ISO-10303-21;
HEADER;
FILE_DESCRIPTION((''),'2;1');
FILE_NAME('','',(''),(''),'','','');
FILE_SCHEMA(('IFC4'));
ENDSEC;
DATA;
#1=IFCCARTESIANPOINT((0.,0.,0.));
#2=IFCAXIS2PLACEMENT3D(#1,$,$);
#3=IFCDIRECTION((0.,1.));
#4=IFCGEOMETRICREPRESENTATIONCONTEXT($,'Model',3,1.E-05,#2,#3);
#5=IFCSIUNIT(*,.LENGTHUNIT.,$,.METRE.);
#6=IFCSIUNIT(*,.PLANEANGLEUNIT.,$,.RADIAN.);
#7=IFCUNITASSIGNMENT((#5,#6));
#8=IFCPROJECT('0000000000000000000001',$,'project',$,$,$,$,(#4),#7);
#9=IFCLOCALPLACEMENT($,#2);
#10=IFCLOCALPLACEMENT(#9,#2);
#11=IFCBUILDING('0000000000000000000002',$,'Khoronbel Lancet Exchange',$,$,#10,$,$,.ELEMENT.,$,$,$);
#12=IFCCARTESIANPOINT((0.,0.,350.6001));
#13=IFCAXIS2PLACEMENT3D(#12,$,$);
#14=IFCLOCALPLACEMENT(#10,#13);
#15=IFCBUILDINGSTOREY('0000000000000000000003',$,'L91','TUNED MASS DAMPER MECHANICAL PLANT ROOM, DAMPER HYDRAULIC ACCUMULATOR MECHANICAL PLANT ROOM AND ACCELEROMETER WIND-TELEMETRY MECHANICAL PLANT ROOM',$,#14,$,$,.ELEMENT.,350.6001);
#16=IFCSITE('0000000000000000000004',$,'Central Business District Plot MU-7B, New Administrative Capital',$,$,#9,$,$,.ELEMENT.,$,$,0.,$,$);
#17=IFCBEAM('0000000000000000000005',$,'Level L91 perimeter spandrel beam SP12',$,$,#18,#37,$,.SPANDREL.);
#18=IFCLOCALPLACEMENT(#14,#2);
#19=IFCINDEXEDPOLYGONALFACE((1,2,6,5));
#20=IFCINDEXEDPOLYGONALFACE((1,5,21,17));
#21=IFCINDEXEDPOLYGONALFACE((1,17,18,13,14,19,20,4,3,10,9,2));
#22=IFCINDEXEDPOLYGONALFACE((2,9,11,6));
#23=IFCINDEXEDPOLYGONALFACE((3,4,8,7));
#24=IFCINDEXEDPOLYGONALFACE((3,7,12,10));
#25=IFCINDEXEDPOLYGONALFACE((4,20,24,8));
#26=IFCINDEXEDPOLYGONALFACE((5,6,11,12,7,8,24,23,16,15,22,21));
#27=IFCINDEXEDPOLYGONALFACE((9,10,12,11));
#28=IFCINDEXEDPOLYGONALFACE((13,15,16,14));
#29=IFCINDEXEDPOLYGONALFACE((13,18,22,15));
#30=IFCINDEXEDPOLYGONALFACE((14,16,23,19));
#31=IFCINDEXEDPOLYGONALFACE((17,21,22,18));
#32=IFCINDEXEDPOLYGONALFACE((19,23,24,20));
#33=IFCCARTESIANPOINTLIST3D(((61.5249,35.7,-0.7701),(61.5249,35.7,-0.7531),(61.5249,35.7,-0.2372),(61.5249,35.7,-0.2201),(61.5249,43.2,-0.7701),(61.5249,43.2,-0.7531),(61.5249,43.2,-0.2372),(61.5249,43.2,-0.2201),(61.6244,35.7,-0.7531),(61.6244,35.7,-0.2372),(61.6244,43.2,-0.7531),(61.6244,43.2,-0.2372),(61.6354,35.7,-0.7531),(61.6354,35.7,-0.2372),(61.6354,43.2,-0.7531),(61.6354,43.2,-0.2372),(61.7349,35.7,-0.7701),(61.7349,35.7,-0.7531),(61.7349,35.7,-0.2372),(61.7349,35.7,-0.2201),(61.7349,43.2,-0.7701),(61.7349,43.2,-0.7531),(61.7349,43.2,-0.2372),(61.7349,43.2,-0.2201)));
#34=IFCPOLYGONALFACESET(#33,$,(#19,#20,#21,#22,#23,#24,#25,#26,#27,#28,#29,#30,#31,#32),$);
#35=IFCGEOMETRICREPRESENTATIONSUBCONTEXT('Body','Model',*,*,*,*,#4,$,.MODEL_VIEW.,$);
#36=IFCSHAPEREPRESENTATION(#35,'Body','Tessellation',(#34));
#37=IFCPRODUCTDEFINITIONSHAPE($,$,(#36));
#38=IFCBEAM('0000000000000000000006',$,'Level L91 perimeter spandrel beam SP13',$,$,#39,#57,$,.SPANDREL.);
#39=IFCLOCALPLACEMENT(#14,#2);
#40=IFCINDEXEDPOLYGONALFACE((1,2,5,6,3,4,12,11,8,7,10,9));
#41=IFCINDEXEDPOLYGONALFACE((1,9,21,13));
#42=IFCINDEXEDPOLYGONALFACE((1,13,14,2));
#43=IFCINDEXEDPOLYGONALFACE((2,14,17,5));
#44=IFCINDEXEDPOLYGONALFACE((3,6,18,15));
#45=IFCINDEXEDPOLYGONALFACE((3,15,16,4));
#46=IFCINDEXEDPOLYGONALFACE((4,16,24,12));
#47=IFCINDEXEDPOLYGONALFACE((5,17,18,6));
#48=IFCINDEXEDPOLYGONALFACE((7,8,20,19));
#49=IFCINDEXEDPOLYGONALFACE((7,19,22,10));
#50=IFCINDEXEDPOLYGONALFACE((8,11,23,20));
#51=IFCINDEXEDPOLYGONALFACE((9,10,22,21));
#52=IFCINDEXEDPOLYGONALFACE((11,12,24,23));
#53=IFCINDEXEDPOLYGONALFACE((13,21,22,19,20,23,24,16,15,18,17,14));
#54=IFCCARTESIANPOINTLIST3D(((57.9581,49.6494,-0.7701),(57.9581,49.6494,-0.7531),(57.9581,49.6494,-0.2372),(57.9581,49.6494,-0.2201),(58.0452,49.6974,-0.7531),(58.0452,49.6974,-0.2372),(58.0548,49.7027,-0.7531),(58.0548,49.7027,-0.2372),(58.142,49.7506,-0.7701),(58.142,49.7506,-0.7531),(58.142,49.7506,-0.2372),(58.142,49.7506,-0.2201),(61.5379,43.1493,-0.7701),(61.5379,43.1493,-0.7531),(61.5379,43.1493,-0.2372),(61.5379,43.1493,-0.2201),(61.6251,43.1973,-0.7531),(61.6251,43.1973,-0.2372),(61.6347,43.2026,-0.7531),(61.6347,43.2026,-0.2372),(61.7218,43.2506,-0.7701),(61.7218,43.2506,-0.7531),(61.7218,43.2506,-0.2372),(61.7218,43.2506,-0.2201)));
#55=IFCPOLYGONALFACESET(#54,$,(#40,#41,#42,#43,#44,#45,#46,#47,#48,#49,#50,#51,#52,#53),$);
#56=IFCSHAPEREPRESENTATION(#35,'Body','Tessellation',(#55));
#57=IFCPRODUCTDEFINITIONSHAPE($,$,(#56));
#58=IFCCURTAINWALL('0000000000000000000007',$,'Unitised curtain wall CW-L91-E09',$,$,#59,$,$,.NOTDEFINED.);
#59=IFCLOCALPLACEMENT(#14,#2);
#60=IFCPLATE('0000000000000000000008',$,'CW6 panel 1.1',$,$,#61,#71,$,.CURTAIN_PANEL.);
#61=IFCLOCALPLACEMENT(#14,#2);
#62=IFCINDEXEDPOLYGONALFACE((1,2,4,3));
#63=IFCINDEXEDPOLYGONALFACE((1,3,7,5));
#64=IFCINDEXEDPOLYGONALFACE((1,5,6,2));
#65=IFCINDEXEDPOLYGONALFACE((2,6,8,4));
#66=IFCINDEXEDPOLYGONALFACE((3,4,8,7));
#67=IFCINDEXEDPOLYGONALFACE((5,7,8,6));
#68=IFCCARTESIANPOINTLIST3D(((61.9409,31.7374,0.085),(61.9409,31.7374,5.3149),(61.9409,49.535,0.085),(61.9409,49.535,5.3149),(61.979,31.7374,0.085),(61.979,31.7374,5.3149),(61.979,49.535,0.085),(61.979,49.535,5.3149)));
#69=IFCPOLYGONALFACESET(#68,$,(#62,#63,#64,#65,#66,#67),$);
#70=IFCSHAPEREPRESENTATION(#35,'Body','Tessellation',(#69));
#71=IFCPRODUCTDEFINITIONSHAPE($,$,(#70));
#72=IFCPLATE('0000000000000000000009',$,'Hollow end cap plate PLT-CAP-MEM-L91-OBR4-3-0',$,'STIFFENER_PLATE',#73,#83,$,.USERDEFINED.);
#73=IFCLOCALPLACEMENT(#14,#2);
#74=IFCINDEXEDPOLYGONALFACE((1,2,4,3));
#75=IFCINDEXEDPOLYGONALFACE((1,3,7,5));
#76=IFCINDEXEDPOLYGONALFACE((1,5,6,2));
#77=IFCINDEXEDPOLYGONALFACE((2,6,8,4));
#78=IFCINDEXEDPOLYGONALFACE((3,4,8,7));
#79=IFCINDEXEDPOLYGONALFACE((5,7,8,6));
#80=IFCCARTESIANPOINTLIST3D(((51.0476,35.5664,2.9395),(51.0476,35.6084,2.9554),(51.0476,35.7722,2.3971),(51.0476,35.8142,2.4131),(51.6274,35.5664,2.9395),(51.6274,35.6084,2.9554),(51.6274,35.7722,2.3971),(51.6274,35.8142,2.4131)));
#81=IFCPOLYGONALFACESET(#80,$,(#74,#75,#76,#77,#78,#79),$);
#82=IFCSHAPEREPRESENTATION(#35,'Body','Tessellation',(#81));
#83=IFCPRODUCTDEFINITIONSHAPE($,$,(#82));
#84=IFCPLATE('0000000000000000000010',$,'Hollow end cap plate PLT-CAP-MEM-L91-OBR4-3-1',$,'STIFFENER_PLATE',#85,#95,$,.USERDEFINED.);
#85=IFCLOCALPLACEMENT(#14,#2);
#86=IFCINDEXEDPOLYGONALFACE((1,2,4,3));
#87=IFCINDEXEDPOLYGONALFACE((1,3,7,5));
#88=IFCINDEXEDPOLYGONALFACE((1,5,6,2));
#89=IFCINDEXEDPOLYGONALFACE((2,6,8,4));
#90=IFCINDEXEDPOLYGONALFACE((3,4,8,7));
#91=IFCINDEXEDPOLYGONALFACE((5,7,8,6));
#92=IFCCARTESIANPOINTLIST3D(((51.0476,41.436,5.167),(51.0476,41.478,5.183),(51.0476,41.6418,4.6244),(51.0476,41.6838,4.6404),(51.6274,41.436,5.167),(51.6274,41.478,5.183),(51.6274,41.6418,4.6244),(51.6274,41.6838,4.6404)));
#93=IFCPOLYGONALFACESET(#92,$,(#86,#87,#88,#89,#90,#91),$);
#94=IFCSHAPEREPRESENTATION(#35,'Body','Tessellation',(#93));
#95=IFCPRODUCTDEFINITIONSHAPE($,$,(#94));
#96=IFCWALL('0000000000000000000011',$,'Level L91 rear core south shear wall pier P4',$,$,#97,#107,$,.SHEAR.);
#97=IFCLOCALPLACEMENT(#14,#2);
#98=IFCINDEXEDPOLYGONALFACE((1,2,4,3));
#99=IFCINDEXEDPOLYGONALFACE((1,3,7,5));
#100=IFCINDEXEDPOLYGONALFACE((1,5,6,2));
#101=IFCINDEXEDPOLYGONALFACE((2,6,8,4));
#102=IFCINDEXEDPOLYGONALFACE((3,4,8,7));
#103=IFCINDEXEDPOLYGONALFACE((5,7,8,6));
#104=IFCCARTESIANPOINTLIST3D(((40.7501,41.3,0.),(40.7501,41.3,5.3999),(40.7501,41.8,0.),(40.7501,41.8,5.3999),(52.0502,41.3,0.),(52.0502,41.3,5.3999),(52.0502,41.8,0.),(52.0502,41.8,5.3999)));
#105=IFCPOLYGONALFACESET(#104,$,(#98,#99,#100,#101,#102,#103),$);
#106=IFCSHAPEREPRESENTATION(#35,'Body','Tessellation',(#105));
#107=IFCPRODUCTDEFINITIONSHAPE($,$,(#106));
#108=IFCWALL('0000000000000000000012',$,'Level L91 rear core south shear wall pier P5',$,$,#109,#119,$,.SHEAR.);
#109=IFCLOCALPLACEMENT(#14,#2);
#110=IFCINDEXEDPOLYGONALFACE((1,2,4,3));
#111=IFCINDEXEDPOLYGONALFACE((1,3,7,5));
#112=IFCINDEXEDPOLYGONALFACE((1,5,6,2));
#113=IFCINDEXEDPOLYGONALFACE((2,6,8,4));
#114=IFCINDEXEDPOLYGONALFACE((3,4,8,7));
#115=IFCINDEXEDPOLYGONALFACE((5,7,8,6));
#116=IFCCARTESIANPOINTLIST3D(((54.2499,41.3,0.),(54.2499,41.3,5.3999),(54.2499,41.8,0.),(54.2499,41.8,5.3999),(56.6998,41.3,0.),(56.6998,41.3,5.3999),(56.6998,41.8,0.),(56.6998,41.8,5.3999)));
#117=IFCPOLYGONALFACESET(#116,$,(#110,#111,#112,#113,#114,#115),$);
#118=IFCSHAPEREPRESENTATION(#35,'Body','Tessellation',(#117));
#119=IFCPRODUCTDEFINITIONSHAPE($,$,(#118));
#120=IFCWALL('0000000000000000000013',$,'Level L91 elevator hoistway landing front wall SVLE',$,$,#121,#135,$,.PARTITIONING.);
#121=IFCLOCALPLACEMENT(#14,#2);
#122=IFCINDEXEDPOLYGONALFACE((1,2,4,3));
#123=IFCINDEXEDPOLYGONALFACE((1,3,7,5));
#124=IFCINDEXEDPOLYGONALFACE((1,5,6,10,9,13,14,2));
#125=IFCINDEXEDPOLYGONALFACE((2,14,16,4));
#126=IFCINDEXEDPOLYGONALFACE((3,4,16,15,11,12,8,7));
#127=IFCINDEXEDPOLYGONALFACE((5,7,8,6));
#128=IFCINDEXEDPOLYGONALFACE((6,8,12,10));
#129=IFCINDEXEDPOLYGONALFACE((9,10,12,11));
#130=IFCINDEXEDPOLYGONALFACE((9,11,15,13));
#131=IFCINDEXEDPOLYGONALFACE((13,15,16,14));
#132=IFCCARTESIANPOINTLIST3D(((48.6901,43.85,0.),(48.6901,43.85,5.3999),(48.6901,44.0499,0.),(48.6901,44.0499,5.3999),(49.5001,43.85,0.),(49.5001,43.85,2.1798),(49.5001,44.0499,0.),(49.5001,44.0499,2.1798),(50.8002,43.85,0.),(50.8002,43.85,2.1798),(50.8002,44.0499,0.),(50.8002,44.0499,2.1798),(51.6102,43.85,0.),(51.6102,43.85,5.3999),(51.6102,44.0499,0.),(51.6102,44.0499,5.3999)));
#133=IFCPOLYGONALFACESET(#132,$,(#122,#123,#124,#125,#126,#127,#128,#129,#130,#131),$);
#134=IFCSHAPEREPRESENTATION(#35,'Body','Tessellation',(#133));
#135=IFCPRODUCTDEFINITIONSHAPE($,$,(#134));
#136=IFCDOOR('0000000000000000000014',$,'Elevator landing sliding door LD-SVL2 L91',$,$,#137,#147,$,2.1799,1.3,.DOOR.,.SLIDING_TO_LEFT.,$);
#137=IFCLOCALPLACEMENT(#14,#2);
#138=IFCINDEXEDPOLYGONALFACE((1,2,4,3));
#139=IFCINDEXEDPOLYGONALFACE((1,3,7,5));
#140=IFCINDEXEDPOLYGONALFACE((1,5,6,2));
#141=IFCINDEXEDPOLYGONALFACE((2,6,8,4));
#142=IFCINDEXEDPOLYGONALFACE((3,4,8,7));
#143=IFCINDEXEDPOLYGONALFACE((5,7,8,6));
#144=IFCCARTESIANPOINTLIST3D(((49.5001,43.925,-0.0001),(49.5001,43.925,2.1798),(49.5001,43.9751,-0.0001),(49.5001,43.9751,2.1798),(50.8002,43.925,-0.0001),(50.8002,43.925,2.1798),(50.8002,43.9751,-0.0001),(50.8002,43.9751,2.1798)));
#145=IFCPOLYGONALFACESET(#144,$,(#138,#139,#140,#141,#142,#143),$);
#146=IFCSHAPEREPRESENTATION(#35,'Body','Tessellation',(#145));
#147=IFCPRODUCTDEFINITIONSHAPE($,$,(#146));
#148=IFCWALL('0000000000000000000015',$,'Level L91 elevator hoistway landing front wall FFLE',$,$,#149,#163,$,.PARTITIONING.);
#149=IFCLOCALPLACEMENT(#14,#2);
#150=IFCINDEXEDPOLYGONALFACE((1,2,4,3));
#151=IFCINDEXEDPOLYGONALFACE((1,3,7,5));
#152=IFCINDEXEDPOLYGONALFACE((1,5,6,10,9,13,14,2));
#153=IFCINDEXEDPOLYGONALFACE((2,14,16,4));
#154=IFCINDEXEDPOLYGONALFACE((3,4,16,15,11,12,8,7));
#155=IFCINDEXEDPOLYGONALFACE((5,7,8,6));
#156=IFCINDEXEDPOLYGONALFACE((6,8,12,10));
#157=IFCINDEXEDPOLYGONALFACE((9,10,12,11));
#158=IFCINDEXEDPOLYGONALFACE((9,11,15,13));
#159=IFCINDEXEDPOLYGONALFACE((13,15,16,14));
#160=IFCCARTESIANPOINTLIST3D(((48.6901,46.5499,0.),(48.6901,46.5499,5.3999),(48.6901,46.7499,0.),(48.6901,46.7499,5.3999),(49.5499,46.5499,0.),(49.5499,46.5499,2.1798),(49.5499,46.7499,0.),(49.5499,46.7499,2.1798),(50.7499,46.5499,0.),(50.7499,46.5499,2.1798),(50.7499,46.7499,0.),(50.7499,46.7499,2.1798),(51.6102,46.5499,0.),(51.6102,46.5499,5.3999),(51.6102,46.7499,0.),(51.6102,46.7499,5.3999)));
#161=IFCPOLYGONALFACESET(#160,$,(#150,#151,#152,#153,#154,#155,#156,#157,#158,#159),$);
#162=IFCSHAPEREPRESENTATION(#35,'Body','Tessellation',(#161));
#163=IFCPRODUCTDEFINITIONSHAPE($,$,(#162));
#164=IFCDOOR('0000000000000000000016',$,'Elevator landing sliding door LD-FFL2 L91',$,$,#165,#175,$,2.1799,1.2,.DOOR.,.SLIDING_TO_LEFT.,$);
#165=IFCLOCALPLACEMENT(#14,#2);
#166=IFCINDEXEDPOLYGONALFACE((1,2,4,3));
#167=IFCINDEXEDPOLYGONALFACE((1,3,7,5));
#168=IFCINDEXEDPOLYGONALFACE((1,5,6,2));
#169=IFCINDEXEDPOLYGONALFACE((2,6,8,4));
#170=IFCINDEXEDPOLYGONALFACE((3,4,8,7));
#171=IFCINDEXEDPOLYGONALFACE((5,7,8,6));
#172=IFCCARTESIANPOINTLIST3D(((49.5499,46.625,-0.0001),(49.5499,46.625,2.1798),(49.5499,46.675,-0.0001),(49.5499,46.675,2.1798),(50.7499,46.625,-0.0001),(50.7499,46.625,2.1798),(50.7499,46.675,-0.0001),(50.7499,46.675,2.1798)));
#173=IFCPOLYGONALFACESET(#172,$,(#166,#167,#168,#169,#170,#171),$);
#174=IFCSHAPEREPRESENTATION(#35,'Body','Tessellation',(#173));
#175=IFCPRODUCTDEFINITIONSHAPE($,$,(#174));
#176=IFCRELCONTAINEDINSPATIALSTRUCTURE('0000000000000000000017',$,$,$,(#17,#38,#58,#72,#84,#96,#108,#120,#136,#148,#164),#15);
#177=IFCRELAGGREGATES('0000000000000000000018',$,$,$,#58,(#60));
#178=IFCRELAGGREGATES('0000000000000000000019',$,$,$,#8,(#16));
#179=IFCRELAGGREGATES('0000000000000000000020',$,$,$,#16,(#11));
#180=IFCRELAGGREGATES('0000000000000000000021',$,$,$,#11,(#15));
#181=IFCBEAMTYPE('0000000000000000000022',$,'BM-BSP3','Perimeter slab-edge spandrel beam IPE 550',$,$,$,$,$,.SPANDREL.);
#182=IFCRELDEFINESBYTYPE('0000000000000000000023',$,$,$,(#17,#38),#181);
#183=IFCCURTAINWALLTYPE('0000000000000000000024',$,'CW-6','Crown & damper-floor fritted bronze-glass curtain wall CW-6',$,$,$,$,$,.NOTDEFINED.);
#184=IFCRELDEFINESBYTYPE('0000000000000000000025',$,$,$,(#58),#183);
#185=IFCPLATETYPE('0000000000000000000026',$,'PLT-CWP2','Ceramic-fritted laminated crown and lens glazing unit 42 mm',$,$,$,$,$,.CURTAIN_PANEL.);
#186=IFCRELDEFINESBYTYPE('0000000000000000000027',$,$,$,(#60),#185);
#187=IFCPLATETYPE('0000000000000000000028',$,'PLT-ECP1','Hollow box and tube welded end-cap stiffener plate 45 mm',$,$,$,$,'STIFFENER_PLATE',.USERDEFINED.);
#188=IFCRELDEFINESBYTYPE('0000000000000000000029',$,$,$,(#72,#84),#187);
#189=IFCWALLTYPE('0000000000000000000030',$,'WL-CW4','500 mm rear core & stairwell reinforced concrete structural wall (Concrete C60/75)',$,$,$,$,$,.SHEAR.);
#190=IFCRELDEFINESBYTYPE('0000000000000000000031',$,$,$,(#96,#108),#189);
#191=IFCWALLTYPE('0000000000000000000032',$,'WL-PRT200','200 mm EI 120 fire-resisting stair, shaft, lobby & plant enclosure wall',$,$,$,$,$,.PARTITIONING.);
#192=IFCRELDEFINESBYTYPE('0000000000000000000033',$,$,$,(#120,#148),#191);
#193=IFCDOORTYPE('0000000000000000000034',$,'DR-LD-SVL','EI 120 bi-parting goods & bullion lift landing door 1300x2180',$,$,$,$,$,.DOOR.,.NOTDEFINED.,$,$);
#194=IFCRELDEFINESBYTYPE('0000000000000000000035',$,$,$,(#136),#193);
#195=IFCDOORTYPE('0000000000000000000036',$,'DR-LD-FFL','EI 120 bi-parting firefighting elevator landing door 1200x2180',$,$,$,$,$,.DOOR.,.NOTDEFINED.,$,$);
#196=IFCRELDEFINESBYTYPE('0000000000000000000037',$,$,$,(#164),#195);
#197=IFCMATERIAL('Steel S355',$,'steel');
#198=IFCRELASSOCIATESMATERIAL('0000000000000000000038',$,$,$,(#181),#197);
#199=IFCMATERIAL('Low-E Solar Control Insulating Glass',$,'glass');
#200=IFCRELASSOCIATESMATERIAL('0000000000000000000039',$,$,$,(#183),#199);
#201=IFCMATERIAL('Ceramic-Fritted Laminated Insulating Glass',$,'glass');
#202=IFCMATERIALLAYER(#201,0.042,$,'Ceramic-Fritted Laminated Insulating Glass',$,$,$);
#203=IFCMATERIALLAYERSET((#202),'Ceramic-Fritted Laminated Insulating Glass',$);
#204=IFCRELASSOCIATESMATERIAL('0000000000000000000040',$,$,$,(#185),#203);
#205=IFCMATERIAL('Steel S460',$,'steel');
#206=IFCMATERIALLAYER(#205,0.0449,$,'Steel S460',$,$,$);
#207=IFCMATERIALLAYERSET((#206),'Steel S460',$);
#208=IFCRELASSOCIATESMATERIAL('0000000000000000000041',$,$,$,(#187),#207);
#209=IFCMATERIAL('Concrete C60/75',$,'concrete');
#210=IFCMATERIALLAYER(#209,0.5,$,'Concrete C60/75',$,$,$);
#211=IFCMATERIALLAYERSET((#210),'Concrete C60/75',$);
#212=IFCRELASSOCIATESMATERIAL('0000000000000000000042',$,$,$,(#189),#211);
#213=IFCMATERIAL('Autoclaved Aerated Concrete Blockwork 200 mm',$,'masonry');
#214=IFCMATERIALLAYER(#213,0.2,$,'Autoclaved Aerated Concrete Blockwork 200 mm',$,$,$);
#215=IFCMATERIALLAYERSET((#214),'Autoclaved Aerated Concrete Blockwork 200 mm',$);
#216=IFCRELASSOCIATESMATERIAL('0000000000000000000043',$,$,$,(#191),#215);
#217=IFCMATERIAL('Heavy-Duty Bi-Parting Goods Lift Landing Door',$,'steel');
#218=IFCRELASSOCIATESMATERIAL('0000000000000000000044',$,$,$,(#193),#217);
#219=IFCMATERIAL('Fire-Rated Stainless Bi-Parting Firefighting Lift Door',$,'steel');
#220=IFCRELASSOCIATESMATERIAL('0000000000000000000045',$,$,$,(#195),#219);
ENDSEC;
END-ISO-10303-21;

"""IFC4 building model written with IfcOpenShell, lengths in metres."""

from ifc_helpers import new_model, si_unit, direction, frame, frame_2d, origin, origin_2d, place, context, subcontext, project, spatial, polyline, rectangle, i_section, outline, extrude, material, layer, layer_set, material_profile, profile_set, type_object, element, fill, aggregate, save


model = new_model("IFC4")

# Units and contexts
model_context = context("Model", 3, precision=1e-05, world=origin(), true_north=direction((0.0, 1.0)))
body_context = subcontext(model_context, "Body", "Model", "MODEL_VIEW")
ifc_project = project(units=[si_unit("LENGTHUNIT", "METRE"), si_unit("PLANEANGLEUNIT", "RADIAN")], contexts=[model_context])

# Site, building, storey
site_placement = place(None, origin())
site = spatial("IfcSite", under=ifc_project, at=site_placement, Name="Central Business District Plot MU-7B, New Administrative Capital", CompositionType="ELEMENT", RefElevation=0.0)
building_placement = place(site_placement, origin())
building = spatial("IfcBuilding", under=site, at=building_placement, Name="Khoronbel Lancet Exchange", CompositionType="ELEMENT")
storey_placement = place(building_placement, frame((0.0, 0.0, 350.6001)))
storey = spatial("IfcBuildingStorey", under=building, at=storey_placement, Name="L91", Description="TUNED MASS DAMPER MECHANICAL PLANT ROOM, DAMPER HYDRAULIC ACCUMULATOR MECHANICAL PLANT ROOM AND ACCELEROMETER WIND-TELEMETRY MECHANICAL PLANT ROOM", CompositionType="ELEMENT", Elevation=350.6001)

# Shared definitions
ifc_material_1 = material(Name="Steel S355", Category="steel")

# Beams
ifc_material_2 = material(Name="Concrete C60/75", Category="concrete")
ifc_material_profile_1 = material_profile(ifc_material_1, i_section(OverallWidth=0.21, OverallDepth=0.55, WebThickness=0.011, FlangeThickness=0.0171, at=origin_2d()), Name="IPE 550")
ifc_profile_set_1 = profile_set([ifc_material_profile_1], Name="Steel S355")
beam_type_1 = type_object("IfcBeamType", Name="BM-BSP3", Description="Perimeter slab-edge spandrel beam IPE 550", PredefinedType="SPANDREL", material=ifc_profile_set_1)
beam_1_placement = place(storey_placement, frame((61.6299, 35.7, -0.4951), z_axis=(0.0, 1.0, 0.0), x_axis=(-1.0, 0.0, 0.0)))
element("IfcBeam", 1, at=beam_1_placement, inside=storey, type_object=beam_type_1, Name="Level L91 perimeter spandrel beam SP12", PredefinedType="SPANDREL", context=body_context, shape_type="SweptSolid", body=[
    extrude(i_section(OverallWidth=0.21, OverallDepth=0.55, WebThickness=0.011, FlangeThickness=0.0171, at=origin_2d()), origin(), (0.0, 0.0, 1.0), 7.5),
])
beam_2_placement = place(storey_placement, frame((61.6299, 43.2, -0.4951), z_axis=(-0.482419, 0.875941, 0.0), x_axis=(-0.875941, -0.482419, 0.0)))
element("IfcBeam", 2, at=beam_2_placement, inside=storey, type_object=beam_type_1, Name="Level L91 perimeter spandrel beam SP13", PredefinedType="SPANDREL", context=body_context, shape_type="SweptSolid", body=[
    extrude(i_section(OverallWidth=0.21, OverallDepth=0.55, WebThickness=0.011, FlangeThickness=0.0171, at=origin_2d()), origin(), (0.0, 0.0, 1.0), 7.4207),
])

# Curtain wall, plate
ifc_material_3 = material(Name="Low-E Solar Control Insulating Glass", Category="glass")
curtain_wall_type = type_object("IfcCurtainWallType", Name="CW-6", Description="Crown & damper-floor fritted bronze-glass curtain wall CW-6", PredefinedType="NOTDEFINED", material=ifc_material_3)
curtain_wall_placement = place(storey_placement, origin())
curtain_wall = element("IfcCurtainWall", 3, at=curtain_wall_placement, inside=storey, type_object=curtain_wall_type, Name="Unitised curtain wall CW-L91-E09", PredefinedType="NOTDEFINED")
ifc_material_4 = material(Name="Ceramic-Fritted Laminated Insulating Glass", Category="glass")
ifc_layer_1 = layer(ifc_material_4, 0.042, Name="Ceramic-Fritted Laminated Insulating Glass")
ifc_layer_set_1 = layer_set([ifc_layer_1], Name="Ceramic-Fritted Laminated Insulating Glass")
plate_type_1 = type_object("IfcPlateType", Name="PLT-CWP2", Description="Ceramic-fritted laminated crown and lens glazing unit 42 mm", PredefinedType="CURTAIN_PANEL", material=ifc_layer_set_1)
plate_1_placement = place(storey_placement, frame((61.96, 40.6362, 0.085), z_axis=(0.0, 0.0, 1.0), x_axis=(0.0, -1.0, 0.0)))
plate_1 = element("IfcPlate", 4, at=plate_1_placement, type_object=plate_type_1, Name="CW6 panel 1.1", PredefinedType="CURTAIN_PANEL", context=body_context, shape_type="SweptSolid", body=[
    extrude(rectangle(XDim=17.7976, YDim=0.0381, at=origin_2d()), origin(), (0.0, 0.0, 1.0), 5.23),
])
aggregate(curtain_wall, [plate_1])

# Plates
ifc_material_5 = material(Name="Steel S460", Category="steel")
ifc_layer_2 = layer(ifc_material_5, 0.0449, Name="Steel S460")
ifc_layer_set_2 = layer_set([ifc_layer_2], Name="Steel S460")
plate_type_2 = type_object("IfcPlateType", Name="PLT-ECP1", Description="Hollow box and tube welded end-cap stiffener plate 45 mm", ElementType="STIFFENER_PLATE", PredefinedType="USERDEFINED", material=ifc_layer_set_2)
plate_2_placement = place(storey_placement, frame((51.6274, 35.8142, 2.4131), z_axis=(0.0, 0.93492, 0.354857), x_axis=(-1.0, 0.0, 0.0)))
element("IfcPlate", 5, at=plate_2_placement, inside=storey, type_object=plate_type_2, Name="Hollow end cap plate PLT-CAP-MEM-L91-OBR4-3-0", ObjectType="STIFFENER_PLATE", PredefinedType="USERDEFINED", context=body_context, shape_type="SweptSolid", body=[
    extrude(outline(polyline([(0.0, 0.0), (0.5798, 0.0), (0.5798, 0.5801), (0.0, 0.5801), (0.0, 0.0)])), origin(), (0.0, 0.0, -1.0), 0.0449),
])
plate_3_placement = place(storey_placement, frame((51.6274, 41.6838, 4.6404), z_axis=(0.0, 0.934973, 0.354718), x_axis=(-1.0, 0.0, 0.0)))
element("IfcPlate", 6, at=plate_3_placement, inside=storey, type_object=plate_type_2, Name="Hollow end cap plate PLT-CAP-MEM-L91-OBR4-3-1", ObjectType="STIFFENER_PLATE", PredefinedType="USERDEFINED", context=body_context, shape_type="SweptSolid", body=[
    extrude(outline(polyline([(0.0, 0.0), (0.5798, 0.0), (0.5798, 0.5803), (0.0, 0.5803), (0.0, 0.0)])), origin(), (0.0, 0.0, -1.0), 0.0449),
])

# Walls
ifc_layer_3 = layer(ifc_material_2, 0.5, Name="Concrete C60/75")
ifc_layer_set_3 = layer_set([ifc_layer_3], Name="Concrete C60/75")
wall_type_1 = type_object("IfcWallType", Name="WL-CW4", Description="500 mm rear core & stairwell reinforced concrete structural wall (Concrete C60/75)", PredefinedType="SHEAR", material=ifc_layer_set_3)
wall_1_placement = place(storey_placement, frame((52.05, 41.55, 0.0), z_axis=(0.0, 0.0, 1.0), x_axis=(-1.0, 0.0, 0.0)))
element("IfcWall", 7, at=wall_1_placement, inside=storey, type_object=wall_type_1, Name="Level L91 rear core south shear wall pier P4", PredefinedType="SHEAR", context=body_context, shape_type="SweptSolid", body=[
    extrude(rectangle(XDim=11.3, YDim=0.5, at=frame_2d((5.6499, 0.0))), origin(), (0.0, 0.0, 1.0), 5.3999),
])
wall_2_placement = place(storey_placement, frame((56.7, 41.55, 0.0), z_axis=(0.0, 0.0, 1.0), x_axis=(-1.0, 0.0, 0.0)))
element("IfcWall", 8, at=wall_2_placement, inside=storey, type_object=wall_type_1, Name="Level L91 rear core south shear wall pier P5", PredefinedType="SHEAR", context=body_context, shape_type="SweptSolid", body=[
    extrude(rectangle(XDim=2.45, YDim=0.5, at=frame_2d((1.2251, 0.0))), origin(), (0.0, 0.0, 1.0), 5.3999),
])

# Walls, openings, doors
ifc_material_6 = material(Name="Autoclaved Aerated Concrete Blockwork 200 mm", Category="masonry")
ifc_layer_4 = layer(ifc_material_6, 0.2, Name="Autoclaved Aerated Concrete Blockwork 200 mm")
ifc_layer_set_4 = layer_set([ifc_layer_4], Name="Autoclaved Aerated Concrete Blockwork 200 mm")
wall_type_2 = type_object("IfcWallType", Name="WL-PRT200", Description="200 mm EI 120 fire-resisting stair, shaft, lobby & plant enclosure wall", PredefinedType="PARTITIONING", material=ifc_layer_set_4)
wall_3_placement = place(storey_placement, frame((51.6101, 43.95, 0.0), z_axis=(0.0, 0.0, 1.0), x_axis=(-1.0, 0.0, 0.0)))
wall_3 = element("IfcWall", 9, at=wall_3_placement, inside=storey, type_object=wall_type_2, Name="Level L91 elevator hoistway landing front wall SVLE", PredefinedType="PARTITIONING", context=body_context, shape_type="SweptSolid", body=[
    extrude(rectangle(XDim=2.9202, YDim=0.2, at=frame_2d((1.46, 0.0))), origin(), (0.0, 0.0, 1.0), 5.3999),
])
opening_1_placement = place(wall_3_placement, frame((0.8101, 0.0, 0.0)))
opening_1 = element("IfcOpeningElement", 10, at=opening_1_placement, cuts=wall_3, PredefinedType="OPENING", context=body_context, shape_type="SweptSolid", body=[
    extrude(rectangle(XDim=1.3, YDim=2.1799, at=frame_2d((0.6499, 1.0898))), frame((0.0, 0.1099, 0.0), z_axis=(0.0, -1.0, 0.0), x_axis=(1.0, 0.0, 0.0)), (0.0, 0.0, 1.0), 0.22),
])
ifc_material_7 = material(Name="Heavy-Duty Bi-Parting Goods Lift Landing Door", Category="steel")
door_type_1 = type_object("IfcDoorType", Name="DR-LD-SVL", Description="EI 120 bi-parting goods & bullion lift landing door 1300x2180", OperationType="NOTDEFINED", PredefinedType="DOOR", material=ifc_material_7)
door_1_placement = place(opening_1_placement, origin())
door_1 = element("IfcDoor", 11, at=door_1_placement, inside=storey, type_object=door_type_1, Name="Elevator landing sliding door LD-SVL2 L91", OperationType="SLIDING_TO_LEFT", OverallHeight=2.1799, OverallWidth=1.3, PredefinedType="DOOR", context=body_context, shape_type="SweptSolid", body=[
    extrude(rectangle(XDim=1.3, YDim=2.1799, at=frame_2d((0.6499, 1.0898))), frame((0.0, 0.0249, 0.0), z_axis=(0.0, -1.0, 0.0), x_axis=(1.0, 0.0, 0.0)), (0.0, 0.0, 1.0), 0.05),
])
fill(opening_1, door_1)
wall_4_placement = place(storey_placement, frame((51.6101, 46.6499, 0.0), z_axis=(0.0, 0.0, 1.0), x_axis=(-1.0, 0.0, 0.0)))
wall_4 = element("IfcWall", 12, at=wall_4_placement, inside=storey, type_object=wall_type_2, Name="Level L91 elevator hoistway landing front wall FFLE", PredefinedType="PARTITIONING", context=body_context, shape_type="SweptSolid", body=[
    extrude(rectangle(XDim=2.9202, YDim=0.2, at=frame_2d((1.46, 0.0))), origin(), (0.0, 0.0, 1.0), 5.3999),
])
opening_2_placement = place(wall_4_placement, frame((0.8601, 0.0, 0.0)))
opening_2 = element("IfcOpeningElement", 13, at=opening_2_placement, cuts=wall_4, PredefinedType="OPENING", context=body_context, shape_type="SweptSolid", body=[
    extrude(rectangle(XDim=1.2, YDim=2.1799, at=frame_2d((0.6001, 1.0898))), frame((0.0, 0.1099, 0.0), z_axis=(0.0, -1.0, 0.0), x_axis=(1.0, 0.0, 0.0)), (0.0, 0.0, 1.0), 0.22),
])
ifc_material_8 = material(Name="Fire-Rated Stainless Bi-Parting Firefighting Lift Door", Category="steel")
door_type_2 = type_object("IfcDoorType", Name="DR-LD-FFL", Description="EI 120 bi-parting firefighting elevator landing door 1200x2180", OperationType="NOTDEFINED", PredefinedType="DOOR", material=ifc_material_8)
door_2_placement = place(opening_2_placement, origin())
door_2 = element("IfcDoor", 14, at=door_2_placement, inside=storey, type_object=door_type_2, Name="Elevator landing sliding door LD-FFL2 L91", OperationType="SLIDING_TO_LEFT", OverallHeight=2.1799, OverallWidth=1.2, PredefinedType="DOOR", context=body_context, shape_type="SweptSolid", body=[
    extrude(rectangle(XDim=1.2, YDim=2.1799, at=frame_2d((0.6001, 1.0898))), frame((0.0, 0.0249, 0.0), z_axis=(0.0, -1.0, 0.0), x_axis=(1.0, 0.0, 0.0)), (0.0, 0.0, 1.0), 0.05),
])
fill(opening_2, door_2)

save(model, "model.ifc")
